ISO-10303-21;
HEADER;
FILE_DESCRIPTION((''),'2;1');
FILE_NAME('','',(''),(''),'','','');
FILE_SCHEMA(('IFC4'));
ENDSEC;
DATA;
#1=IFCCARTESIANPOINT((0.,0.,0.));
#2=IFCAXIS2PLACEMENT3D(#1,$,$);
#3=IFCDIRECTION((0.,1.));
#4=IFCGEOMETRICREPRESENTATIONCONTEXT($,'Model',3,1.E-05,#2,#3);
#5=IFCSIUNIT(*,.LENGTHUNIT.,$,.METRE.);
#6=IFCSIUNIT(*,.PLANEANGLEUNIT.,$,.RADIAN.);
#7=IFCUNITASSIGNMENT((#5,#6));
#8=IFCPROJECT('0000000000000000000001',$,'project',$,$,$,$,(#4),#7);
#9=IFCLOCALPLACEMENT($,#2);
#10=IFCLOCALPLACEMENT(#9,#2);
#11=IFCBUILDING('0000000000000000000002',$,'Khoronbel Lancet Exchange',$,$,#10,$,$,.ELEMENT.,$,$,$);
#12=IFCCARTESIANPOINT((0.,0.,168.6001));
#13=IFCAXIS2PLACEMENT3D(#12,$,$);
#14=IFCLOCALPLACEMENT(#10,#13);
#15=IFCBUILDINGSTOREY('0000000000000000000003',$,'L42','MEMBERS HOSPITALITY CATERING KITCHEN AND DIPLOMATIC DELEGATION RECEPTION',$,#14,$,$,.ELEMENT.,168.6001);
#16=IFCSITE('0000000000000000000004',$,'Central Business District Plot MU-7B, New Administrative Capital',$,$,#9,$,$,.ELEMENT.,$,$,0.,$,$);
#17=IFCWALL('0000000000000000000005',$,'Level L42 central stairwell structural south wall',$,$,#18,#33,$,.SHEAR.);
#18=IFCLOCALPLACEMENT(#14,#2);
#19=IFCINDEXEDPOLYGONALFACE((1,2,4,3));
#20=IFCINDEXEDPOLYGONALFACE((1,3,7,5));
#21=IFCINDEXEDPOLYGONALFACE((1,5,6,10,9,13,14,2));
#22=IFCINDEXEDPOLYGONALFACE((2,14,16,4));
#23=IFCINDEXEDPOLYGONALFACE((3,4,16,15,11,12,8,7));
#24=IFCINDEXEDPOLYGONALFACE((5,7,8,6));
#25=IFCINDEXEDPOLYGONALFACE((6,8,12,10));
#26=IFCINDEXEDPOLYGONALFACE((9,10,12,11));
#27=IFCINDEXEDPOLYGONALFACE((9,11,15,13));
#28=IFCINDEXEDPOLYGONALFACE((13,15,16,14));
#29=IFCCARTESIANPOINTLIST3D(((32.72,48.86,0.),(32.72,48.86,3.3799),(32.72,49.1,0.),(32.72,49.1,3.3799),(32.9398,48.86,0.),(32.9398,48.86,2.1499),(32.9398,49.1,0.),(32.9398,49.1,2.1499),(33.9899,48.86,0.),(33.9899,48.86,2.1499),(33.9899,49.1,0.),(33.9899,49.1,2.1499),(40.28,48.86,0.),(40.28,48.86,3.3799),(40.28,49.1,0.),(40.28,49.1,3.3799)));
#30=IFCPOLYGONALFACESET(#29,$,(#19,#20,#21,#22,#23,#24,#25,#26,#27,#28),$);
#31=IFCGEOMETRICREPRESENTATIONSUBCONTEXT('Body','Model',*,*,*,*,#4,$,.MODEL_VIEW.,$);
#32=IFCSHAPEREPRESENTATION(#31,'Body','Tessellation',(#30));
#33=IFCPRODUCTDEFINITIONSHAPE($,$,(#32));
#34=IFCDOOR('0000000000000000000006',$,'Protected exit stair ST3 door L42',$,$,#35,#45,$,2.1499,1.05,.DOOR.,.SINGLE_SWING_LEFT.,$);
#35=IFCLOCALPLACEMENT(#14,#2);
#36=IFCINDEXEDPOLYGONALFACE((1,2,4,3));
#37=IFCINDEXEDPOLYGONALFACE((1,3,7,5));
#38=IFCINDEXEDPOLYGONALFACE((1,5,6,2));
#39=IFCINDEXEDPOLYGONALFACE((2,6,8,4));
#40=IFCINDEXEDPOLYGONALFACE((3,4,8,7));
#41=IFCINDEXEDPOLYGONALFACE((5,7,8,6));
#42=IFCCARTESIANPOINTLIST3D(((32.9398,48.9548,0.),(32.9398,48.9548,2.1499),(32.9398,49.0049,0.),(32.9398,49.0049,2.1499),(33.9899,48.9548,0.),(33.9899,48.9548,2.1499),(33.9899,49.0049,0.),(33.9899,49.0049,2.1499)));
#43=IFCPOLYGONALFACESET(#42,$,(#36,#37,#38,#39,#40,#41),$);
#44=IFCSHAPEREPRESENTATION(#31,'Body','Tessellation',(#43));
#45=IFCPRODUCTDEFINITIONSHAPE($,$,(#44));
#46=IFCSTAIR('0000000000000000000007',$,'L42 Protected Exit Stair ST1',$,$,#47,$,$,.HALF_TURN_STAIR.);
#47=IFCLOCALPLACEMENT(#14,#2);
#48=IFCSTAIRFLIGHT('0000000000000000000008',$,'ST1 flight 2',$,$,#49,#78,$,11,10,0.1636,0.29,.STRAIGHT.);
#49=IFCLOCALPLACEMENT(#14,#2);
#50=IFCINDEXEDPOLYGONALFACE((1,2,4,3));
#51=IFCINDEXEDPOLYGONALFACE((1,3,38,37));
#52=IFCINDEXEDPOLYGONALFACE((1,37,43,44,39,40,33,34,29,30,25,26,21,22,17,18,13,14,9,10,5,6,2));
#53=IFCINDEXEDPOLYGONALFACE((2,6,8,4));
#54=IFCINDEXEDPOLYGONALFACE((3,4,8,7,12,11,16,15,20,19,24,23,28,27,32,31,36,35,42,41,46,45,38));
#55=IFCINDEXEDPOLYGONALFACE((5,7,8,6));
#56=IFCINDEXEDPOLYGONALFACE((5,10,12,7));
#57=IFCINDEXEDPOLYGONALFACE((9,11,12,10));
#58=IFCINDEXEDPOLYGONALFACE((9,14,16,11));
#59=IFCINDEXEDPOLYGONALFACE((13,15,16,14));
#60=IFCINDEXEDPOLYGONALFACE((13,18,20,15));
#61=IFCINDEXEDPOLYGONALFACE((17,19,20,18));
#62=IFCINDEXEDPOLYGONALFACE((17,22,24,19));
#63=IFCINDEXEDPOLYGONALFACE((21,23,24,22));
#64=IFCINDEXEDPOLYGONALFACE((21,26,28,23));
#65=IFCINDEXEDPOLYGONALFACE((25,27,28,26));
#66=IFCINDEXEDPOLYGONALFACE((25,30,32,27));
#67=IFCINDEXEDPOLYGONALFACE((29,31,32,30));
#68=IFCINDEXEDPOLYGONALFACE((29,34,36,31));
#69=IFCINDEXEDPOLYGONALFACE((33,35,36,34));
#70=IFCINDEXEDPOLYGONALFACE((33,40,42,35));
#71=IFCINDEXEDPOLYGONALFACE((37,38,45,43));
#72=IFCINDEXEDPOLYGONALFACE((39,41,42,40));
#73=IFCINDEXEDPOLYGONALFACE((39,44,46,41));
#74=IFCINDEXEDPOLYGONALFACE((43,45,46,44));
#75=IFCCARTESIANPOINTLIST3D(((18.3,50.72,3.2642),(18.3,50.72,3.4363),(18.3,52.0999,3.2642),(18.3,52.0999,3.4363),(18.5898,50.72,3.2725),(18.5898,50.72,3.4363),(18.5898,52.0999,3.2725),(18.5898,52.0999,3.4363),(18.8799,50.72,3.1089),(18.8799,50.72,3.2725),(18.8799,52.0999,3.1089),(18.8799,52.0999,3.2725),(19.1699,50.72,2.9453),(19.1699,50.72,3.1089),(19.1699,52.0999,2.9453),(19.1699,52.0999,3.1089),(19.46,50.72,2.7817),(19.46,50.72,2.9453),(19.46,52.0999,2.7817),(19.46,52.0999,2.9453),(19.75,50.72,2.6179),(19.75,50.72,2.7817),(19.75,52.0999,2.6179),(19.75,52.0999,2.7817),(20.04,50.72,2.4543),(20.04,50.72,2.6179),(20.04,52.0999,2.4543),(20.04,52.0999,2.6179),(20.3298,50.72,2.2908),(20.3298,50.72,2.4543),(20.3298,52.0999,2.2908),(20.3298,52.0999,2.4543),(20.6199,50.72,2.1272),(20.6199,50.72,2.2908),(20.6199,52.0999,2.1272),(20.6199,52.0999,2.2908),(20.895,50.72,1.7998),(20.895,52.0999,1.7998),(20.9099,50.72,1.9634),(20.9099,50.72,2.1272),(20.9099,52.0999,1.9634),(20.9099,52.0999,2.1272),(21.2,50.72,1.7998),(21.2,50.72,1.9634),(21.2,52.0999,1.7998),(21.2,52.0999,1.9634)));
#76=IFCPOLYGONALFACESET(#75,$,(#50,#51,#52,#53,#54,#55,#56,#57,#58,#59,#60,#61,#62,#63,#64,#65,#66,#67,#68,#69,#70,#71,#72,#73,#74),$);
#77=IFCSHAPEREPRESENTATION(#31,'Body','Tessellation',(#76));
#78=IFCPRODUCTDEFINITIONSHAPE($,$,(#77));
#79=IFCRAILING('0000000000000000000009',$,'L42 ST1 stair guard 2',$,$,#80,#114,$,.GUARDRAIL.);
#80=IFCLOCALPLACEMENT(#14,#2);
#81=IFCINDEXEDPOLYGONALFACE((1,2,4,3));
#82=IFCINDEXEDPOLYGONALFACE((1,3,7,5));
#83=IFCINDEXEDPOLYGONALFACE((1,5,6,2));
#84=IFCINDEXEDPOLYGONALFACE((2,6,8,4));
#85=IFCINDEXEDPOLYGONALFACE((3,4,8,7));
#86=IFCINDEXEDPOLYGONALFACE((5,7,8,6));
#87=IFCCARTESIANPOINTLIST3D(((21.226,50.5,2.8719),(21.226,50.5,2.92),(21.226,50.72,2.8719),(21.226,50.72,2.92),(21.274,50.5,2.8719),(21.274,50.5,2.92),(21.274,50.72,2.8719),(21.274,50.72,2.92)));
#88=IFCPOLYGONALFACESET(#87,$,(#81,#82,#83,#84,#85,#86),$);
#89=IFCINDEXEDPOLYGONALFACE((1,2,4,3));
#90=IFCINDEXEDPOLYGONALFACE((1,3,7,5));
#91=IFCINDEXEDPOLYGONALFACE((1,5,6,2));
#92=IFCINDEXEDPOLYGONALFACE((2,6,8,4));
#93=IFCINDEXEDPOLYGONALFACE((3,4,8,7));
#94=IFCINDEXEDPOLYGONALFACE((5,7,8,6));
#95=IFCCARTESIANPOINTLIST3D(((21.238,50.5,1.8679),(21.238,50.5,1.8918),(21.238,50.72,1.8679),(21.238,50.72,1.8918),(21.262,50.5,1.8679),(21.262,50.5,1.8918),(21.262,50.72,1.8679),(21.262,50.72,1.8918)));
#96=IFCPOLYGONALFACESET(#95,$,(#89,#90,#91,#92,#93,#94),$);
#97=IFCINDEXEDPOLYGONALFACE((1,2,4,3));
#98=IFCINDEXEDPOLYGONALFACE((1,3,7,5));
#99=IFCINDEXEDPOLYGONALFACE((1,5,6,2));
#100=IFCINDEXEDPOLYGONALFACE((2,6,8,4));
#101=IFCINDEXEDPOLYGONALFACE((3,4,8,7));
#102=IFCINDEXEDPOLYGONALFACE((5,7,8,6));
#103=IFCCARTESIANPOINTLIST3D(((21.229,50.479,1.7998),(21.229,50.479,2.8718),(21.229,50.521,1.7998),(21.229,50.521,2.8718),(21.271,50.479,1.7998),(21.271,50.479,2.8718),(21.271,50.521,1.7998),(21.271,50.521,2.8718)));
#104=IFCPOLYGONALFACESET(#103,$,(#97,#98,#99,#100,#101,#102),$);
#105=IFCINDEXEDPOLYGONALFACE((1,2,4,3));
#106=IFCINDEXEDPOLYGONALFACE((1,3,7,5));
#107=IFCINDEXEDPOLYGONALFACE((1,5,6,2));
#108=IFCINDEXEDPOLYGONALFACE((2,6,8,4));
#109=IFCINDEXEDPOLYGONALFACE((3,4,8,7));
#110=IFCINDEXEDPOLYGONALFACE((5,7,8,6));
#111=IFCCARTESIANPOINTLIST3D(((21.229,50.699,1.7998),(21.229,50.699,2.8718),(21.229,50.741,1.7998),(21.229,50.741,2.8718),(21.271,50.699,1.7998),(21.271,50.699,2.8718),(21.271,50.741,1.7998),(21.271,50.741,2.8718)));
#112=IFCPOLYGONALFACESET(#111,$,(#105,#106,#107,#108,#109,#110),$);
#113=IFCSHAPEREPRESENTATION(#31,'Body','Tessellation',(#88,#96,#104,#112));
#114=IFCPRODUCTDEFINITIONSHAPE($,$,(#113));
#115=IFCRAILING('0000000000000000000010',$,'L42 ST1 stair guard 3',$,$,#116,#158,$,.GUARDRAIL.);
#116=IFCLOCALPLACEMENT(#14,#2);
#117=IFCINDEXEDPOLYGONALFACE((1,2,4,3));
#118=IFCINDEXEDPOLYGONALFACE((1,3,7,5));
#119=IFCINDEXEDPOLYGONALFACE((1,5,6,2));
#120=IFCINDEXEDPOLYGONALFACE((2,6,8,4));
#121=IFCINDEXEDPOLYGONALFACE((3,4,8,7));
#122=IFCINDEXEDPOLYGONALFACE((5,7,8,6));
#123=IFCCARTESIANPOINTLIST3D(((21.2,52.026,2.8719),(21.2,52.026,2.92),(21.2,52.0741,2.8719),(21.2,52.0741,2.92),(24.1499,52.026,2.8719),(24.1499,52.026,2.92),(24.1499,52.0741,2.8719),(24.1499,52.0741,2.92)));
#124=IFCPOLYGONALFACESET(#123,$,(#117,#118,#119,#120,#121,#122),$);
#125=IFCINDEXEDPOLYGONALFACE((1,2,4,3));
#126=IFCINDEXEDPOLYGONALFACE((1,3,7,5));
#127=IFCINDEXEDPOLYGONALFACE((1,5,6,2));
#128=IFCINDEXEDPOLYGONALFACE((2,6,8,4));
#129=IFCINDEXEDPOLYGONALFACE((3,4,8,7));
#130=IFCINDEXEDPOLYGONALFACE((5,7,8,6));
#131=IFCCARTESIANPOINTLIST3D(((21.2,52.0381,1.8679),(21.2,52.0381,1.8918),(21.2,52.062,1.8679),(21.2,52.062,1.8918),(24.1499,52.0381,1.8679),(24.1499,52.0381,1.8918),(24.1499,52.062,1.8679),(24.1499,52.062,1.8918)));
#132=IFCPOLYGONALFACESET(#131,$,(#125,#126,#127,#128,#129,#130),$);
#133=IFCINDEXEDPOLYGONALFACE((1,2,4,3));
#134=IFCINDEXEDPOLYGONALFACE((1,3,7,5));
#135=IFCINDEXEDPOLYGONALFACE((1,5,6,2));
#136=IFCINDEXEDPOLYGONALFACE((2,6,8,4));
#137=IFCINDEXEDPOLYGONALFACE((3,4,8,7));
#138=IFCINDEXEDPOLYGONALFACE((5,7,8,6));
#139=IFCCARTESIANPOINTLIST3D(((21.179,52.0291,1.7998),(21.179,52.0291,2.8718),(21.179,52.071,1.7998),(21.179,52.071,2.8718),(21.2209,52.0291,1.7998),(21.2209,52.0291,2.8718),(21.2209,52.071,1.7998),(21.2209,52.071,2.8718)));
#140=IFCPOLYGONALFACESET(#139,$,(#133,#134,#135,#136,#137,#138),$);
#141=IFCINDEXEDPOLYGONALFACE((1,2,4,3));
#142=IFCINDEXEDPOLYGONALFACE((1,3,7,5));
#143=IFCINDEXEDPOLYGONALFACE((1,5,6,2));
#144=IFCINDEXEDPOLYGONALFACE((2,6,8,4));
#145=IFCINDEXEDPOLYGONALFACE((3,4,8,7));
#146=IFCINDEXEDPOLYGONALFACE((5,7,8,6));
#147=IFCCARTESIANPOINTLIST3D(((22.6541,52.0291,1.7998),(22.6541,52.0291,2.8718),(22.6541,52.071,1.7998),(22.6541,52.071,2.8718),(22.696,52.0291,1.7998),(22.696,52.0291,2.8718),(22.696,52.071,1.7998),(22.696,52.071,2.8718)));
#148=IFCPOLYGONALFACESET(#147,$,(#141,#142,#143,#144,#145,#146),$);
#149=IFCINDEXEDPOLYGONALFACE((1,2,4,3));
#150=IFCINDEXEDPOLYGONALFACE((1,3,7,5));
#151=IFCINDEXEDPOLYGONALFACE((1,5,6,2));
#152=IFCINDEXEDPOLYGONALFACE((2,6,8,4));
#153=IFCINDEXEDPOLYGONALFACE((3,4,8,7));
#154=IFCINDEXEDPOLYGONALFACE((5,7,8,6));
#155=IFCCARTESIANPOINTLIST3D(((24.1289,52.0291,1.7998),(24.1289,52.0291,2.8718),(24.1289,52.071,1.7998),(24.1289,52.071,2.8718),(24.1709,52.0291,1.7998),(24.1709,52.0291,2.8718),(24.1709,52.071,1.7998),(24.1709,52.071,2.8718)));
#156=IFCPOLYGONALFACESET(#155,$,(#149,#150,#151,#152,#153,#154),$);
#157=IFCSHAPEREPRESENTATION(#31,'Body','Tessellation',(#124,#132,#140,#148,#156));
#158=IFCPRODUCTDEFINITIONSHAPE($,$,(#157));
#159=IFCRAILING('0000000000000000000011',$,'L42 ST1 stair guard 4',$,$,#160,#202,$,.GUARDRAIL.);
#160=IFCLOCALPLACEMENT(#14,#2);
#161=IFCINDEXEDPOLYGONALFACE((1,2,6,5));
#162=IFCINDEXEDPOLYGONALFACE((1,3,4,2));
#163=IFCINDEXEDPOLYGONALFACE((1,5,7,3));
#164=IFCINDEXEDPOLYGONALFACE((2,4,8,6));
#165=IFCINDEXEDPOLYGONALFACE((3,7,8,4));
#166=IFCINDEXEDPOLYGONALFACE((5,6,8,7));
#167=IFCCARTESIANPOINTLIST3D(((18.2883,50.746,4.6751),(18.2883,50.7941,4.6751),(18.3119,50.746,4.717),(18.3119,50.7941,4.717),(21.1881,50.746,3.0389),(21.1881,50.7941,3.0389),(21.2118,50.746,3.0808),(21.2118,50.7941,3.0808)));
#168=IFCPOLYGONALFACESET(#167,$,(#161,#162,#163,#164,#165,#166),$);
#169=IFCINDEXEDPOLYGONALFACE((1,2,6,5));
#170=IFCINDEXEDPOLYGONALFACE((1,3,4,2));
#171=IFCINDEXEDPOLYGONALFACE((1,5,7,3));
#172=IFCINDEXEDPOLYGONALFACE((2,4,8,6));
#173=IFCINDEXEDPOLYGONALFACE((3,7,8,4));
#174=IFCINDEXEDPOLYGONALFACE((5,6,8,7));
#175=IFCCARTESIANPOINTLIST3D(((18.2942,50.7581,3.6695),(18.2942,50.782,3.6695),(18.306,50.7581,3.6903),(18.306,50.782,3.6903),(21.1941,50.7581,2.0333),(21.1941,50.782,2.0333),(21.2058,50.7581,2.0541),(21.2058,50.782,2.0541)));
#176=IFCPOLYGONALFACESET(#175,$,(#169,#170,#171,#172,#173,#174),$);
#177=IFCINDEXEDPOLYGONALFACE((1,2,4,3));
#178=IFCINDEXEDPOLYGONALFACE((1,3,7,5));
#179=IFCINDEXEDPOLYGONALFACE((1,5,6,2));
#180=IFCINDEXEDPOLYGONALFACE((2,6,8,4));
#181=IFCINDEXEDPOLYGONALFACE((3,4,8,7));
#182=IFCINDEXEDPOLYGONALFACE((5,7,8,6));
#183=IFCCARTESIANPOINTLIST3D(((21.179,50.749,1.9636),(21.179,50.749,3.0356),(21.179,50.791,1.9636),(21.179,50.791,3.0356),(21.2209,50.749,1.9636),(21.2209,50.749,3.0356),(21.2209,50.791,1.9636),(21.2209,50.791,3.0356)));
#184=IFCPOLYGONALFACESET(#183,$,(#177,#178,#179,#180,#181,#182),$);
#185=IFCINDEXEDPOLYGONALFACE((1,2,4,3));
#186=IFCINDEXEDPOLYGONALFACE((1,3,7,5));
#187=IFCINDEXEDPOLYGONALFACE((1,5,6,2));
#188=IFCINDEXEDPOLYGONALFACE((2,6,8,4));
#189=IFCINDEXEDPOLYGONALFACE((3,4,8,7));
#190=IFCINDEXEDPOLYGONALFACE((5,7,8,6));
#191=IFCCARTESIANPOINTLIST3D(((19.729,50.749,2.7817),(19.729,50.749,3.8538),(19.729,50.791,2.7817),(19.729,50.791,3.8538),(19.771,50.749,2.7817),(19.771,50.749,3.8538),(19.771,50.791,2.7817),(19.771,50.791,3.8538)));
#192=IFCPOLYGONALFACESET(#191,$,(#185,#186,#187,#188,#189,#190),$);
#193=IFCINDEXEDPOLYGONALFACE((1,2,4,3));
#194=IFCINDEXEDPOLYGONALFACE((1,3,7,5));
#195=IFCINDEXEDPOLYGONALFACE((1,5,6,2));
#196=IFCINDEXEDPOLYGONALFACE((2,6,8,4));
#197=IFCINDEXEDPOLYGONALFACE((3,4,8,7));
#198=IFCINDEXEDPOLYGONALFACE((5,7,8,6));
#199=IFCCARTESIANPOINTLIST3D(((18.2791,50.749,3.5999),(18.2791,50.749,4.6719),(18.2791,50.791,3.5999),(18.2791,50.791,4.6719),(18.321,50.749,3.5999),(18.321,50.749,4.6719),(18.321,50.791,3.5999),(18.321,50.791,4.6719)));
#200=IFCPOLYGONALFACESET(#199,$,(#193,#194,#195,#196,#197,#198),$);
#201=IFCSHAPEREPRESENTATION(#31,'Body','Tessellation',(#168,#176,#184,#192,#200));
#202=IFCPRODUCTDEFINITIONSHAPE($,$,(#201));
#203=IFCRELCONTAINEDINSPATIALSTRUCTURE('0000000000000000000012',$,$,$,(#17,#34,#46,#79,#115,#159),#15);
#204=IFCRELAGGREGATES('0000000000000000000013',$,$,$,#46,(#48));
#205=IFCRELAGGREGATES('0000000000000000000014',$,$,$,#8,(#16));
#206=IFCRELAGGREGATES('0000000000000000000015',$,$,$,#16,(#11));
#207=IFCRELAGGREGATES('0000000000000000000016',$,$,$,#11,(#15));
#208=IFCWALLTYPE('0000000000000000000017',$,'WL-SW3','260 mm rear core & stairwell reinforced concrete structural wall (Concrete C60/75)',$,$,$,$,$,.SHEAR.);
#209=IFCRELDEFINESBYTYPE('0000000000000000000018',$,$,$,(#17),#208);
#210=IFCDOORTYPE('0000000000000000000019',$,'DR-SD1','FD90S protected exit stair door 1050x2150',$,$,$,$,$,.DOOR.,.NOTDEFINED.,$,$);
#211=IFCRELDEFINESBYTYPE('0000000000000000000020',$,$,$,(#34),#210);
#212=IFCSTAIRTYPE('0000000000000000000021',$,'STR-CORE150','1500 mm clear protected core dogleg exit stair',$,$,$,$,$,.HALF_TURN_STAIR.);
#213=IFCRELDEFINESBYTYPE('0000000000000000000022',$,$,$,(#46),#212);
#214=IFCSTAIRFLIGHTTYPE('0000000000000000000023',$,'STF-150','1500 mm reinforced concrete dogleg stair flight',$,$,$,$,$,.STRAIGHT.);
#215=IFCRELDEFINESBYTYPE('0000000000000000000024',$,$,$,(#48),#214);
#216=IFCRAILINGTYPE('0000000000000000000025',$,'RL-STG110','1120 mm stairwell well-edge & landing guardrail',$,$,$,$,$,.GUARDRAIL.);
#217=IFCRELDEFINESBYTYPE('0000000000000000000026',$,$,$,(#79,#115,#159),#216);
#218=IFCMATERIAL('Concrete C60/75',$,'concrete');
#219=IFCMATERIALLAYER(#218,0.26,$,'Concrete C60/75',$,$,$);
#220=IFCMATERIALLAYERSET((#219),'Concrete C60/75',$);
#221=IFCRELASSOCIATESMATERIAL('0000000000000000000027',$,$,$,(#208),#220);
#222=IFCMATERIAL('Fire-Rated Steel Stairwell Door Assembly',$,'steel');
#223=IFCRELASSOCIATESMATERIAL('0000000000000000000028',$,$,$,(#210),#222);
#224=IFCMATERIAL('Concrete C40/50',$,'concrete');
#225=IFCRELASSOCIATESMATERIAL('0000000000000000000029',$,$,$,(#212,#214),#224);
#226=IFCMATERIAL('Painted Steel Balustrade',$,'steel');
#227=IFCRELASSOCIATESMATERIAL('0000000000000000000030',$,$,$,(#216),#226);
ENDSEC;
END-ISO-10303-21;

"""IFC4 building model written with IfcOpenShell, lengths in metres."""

from ifc_helpers import new_model, si_unit, direction, frame, frame_2d, origin, origin_2d, place, context, subcontext, project, spatial, polyline, rectangle, outline, extrude, material, layer, layer_set, type_object, element, fill, aggregate, save


model = new_model("IFC4")

# Units and contexts
model_context = context("Model", 3, precision=1e-05, world=origin(), true_north=direction((0.0, 1.0)))
body_context = subcontext(model_context, "Body", "Model", "MODEL_VIEW")
ifc_project = project(units=[si_unit("LENGTHUNIT", "METRE"), si_unit("PLANEANGLEUNIT", "RADIAN")], contexts=[model_context])

# Site, building, storey
site_placement = place(None, origin())
site = spatial("IfcSite", under=ifc_project, at=site_placement, Name="Central Business District Plot MU-7B, New Administrative Capital", CompositionType="ELEMENT", RefElevation=0.0)
building_placement = place(site_placement, origin())
building = spatial("IfcBuilding", under=site, at=building_placement, Name="Khoronbel Lancet Exchange", CompositionType="ELEMENT")
storey_placement = place(building_placement, frame((0.0, 0.0, 168.6001)))
storey = spatial("IfcBuildingStorey", under=building, at=storey_placement, Name="L42", Description="MEMBERS HOSPITALITY CATERING KITCHEN AND DIPLOMATIC DELEGATION RECEPTION", CompositionType="ELEMENT", Elevation=168.6001)

# Shared definitions
ifc_material_1 = material(Name="Concrete C60/75", Category="concrete")
ifc_layer_1 = layer(ifc_material_1, 0.26, Name="Concrete C60/75")
ifc_layer_set_1 = layer_set([ifc_layer_1], Name="Concrete C60/75")
wall_type_1 = type_object("IfcWallType", Name="WL-SW3", Description="260 mm rear core & stairwell reinforced concrete structural wall (Concrete C60/75)", PredefinedType="SHEAR", material=ifc_layer_set_1)

# Wall, opening, door
wall_1_placement = place(storey_placement, frame((32.72, 48.98, 0.0), z_axis=(0.0, 0.0, 1.0), x_axis=(1.0, 0.0, 0.0)))
wall_1 = element("IfcWall", 1, at=wall_1_placement, inside=storey, type_object=wall_type_1, Name="Level L42 central stairwell structural south wall", PredefinedType="SHEAR", context=body_context, shape_type="SweptSolid", body=[
    extrude(rectangle(XDim=7.5601, YDim=0.24, at=frame_2d((3.78, 0.0))), origin(), (0.0, 0.0, 1.0), 3.3799),
])
opening_1_placement = place(wall_1_placement, frame((0.22, 0.0, 0.0)))
opening_1 = element("IfcOpeningElement", 2, at=opening_1_placement, cuts=wall_1, PredefinedType="OPENING", context=body_context, shape_type="SweptSolid", body=[
    extrude(rectangle(XDim=1.05, YDim=2.1499, at=frame_2d((0.5249, 1.075))), frame((0.0, 0.1299, 0.0), z_axis=(0.0, -1.0, 0.0), x_axis=(1.0, 0.0, 0.0)), (0.0, 0.0, 1.0), 0.26),
])
ifc_material_2 = material(Name="Fire-Rated Steel Stairwell Door Assembly", Category="steel")
door_type_1 = type_object("IfcDoorType", Name="DR-SD1", Description="FD90S protected exit stair door 1050x2150", OperationType="NOTDEFINED", PredefinedType="DOOR", material=ifc_material_2)
door_1_placement = place(opening_1_placement, origin())
door_1 = element("IfcDoor", 3, at=door_1_placement, inside=storey, type_object=door_type_1, Name="Protected exit stair ST3 door L42", OperationType="SINGLE_SWING_LEFT", OverallHeight=2.1499, OverallWidth=1.05, PredefinedType="DOOR", context=body_context, shape_type="SweptSolid", body=[
    extrude(rectangle(XDim=1.05, YDim=2.1499, at=frame_2d((0.5249, 1.075))), frame((0.0, 0.0249, 0.0), z_axis=(0.0, -1.0, 0.0), x_axis=(1.0, 0.0, 0.0)), (0.0, 0.0, 1.0), 0.05),
])
fill(opening_1, door_1)

# Stair, stair flight
ifc_material_3 = material(Name="Concrete C40/50", Category="concrete")
stair_type = type_object("IfcStairType", Name="STR-CORE150", Description="1500 mm clear protected core dogleg exit stair", PredefinedType="HALF_TURN_STAIR", material=ifc_material_3)
stair_placement = place(storey_placement, origin())
stair = element("IfcStair", 4, at=stair_placement, inside=storey, type_object=stair_type, Name="L42 Protected Exit Stair ST1", PredefinedType="HALF_TURN_STAIR")
stair_flight_type = type_object("IfcStairFlightType", Name="STF-150", Description="1500 mm reinforced concrete dogleg stair flight", PredefinedType="STRAIGHT", material=ifc_material_3)
stair_flight_placement = place(storey_placement, frame((21.2, 51.4099, 1.7998), z_axis=(0.0, 0.0, 1.0), x_axis=(-1.0, 0.0, 0.0)))
stair_flight = element("IfcStairFlight", 5, at=stair_flight_placement, type_object=stair_flight_type, Name="ST1 flight 2", NumberOfRisers=11, NumberOfTreads=10, PredefinedType="STRAIGHT", RiserHeight=0.1636, TreadLength=0.29, context=body_context, shape_type="SweptSolid", body=[
    extrude(outline(polyline([(0.0, 0.0), (0.0, 0.1636), (0.29, 0.1636), (0.29, 0.3274), (0.5801, 0.3274), (0.5801, 0.491), (0.8701, 0.491), (0.8701, 0.6545), (1.1599, 0.6545), (1.1599, 0.8181), (1.45, 0.8181), (1.45, 0.9819), (1.74, 0.9819), (1.74, 1.1455), (2.03, 1.1455), (2.03, 1.3091), (2.3201, 1.3091), (2.3201, 1.4727), (2.6101, 1.4727), (2.6101, 1.6365), (2.8999, 1.6365), (2.8999, 1.8), (2.8999, 1.4644), (0.3049, 0.0), (0.0, 0.0)])), frame((0.0, 0.6899, 0.0), z_axis=(0.0, -1.0, 0.0), x_axis=(1.0, 0.0, 0.0)), (0.0, 0.0, 1.0), 1.3799),
])
aggregate(stair, [stair_flight])

# Railings
ifc_material_4 = material(Name="Painted Steel Balustrade", Category="steel")
railing_type_1 = type_object("IfcRailingType", Name="RL-STG110", Description="1120 mm stairwell well-edge & landing guardrail", PredefinedType="GUARDRAIL", material=ifc_material_4)
railing_1_placement = place(storey_placement, frame((21.25, 50.5, 1.7998)))
element("IfcRailing", 6, at=railing_1_placement, inside=storey, type_object=railing_type_1, Name="L42 ST1 stair guard 2", PredefinedType="GUARDRAIL", context=body_context, shape_type="SweptSolid", body=[
    extrude(rectangle(XDim=0.0481, YDim=0.0481, at=origin_2d()), frame((0.0, 0.0, 1.0962), z_axis=(0.0, 1.0, 0.0), x_axis=(-1.0, 0.0, 0.0)), (0.0, 0.0, 1.0), 0.22),
    extrude(rectangle(XDim=0.0239, YDim=0.0239, at=origin_2d()), frame((0.0, 0.0, 0.0801), z_axis=(0.0, 1.0, 0.0), x_axis=(-1.0, 0.0, 0.0)), (0.0, 0.0, 1.0), 0.22),
    extrude(rectangle(XDim=0.042, YDim=0.042, at=origin_2d()), origin(), (0.0, 0.0, 1.0), 1.072),
    extrude(rectangle(XDim=0.042, YDim=0.042, at=origin_2d()), frame((0.0, 0.22, 0.0)), (0.0, 0.0, 1.0), 1.072),
])
railing_2_placement = place(storey_placement, frame((21.2, 52.05, 1.7998)))
element("IfcRailing", 7, at=railing_2_placement, inside=storey, type_object=railing_type_1, Name="L42 ST1 stair guard 3", PredefinedType="GUARDRAIL", context=body_context, shape_type="SweptSolid", body=[
    extrude(rectangle(XDim=0.0481, YDim=0.0481, at=origin_2d()), frame((0.0, 0.0, 1.0962), z_axis=(1.0, 0.0, 0.0), x_axis=(0.0, 1.0, 0.0)), (0.0, 0.0, 1.0), 2.95),
    extrude(rectangle(XDim=0.0239, YDim=0.0239, at=origin_2d()), frame((0.0, 0.0, 0.0801), z_axis=(1.0, 0.0, 0.0), x_axis=(0.0, 1.0, 0.0)), (0.0, 0.0, 1.0), 2.95),
    extrude(rectangle(XDim=0.042, YDim=0.042, at=origin_2d()), origin(), (0.0, 0.0, 1.0), 1.072),
    extrude(rectangle(XDim=0.042, YDim=0.042, at=origin_2d()), frame((1.4751, 0.0, 0.0)), (0.0, 0.0, 1.0), 1.072),
    extrude(rectangle(XDim=0.042, YDim=0.042, at=origin_2d()), frame((2.95, 0.0, 0.0)), (0.0, 0.0, 1.0), 1.072),
])
railing_3_placement = place(storey_placement, frame((21.2, 50.77, 1.9636)))
element("IfcRailing", 8, at=railing_3_placement, inside=storey, type_object=railing_type_1, Name="L42 ST1 stair guard 4", PredefinedType="GUARDRAIL", context=body_context, shape_type="SweptSolid", body=[
    extrude(rectangle(XDim=0.0481, YDim=0.0481, at=origin_2d()), frame((0.0, 0.0, 1.0962), z_axis=(-0.870929, 0.0, 0.49141), x_axis=(0.0, -1.0, 0.0)), (0.0, 0.0, 1.0), 3.3296),
    extrude(rectangle(XDim=0.0239, YDim=0.0239, at=origin_2d()), frame((0.0, 0.0, 0.0801), z_axis=(-0.870929, 0.0, 0.49141), x_axis=(0.0, -1.0, 0.0)), (0.0, 0.0, 1.0), 3.3296),
    extrude(rectangle(XDim=0.042, YDim=0.042, at=origin_2d()), origin(), (0.0, 0.0, 1.0), 1.072),
    extrude(rectangle(XDim=0.042, YDim=0.042, at=origin_2d()), frame((-1.45, 0.0, 0.8181)), (0.0, 0.0, 1.0), 1.072),
    extrude(rectangle(XDim=0.042, YDim=0.042, at=origin_2d()), frame((-2.8999, 0.0, 1.6362)), (0.0, 0.0, 1.0), 1.072),
])

save(model, "model.ifc")
